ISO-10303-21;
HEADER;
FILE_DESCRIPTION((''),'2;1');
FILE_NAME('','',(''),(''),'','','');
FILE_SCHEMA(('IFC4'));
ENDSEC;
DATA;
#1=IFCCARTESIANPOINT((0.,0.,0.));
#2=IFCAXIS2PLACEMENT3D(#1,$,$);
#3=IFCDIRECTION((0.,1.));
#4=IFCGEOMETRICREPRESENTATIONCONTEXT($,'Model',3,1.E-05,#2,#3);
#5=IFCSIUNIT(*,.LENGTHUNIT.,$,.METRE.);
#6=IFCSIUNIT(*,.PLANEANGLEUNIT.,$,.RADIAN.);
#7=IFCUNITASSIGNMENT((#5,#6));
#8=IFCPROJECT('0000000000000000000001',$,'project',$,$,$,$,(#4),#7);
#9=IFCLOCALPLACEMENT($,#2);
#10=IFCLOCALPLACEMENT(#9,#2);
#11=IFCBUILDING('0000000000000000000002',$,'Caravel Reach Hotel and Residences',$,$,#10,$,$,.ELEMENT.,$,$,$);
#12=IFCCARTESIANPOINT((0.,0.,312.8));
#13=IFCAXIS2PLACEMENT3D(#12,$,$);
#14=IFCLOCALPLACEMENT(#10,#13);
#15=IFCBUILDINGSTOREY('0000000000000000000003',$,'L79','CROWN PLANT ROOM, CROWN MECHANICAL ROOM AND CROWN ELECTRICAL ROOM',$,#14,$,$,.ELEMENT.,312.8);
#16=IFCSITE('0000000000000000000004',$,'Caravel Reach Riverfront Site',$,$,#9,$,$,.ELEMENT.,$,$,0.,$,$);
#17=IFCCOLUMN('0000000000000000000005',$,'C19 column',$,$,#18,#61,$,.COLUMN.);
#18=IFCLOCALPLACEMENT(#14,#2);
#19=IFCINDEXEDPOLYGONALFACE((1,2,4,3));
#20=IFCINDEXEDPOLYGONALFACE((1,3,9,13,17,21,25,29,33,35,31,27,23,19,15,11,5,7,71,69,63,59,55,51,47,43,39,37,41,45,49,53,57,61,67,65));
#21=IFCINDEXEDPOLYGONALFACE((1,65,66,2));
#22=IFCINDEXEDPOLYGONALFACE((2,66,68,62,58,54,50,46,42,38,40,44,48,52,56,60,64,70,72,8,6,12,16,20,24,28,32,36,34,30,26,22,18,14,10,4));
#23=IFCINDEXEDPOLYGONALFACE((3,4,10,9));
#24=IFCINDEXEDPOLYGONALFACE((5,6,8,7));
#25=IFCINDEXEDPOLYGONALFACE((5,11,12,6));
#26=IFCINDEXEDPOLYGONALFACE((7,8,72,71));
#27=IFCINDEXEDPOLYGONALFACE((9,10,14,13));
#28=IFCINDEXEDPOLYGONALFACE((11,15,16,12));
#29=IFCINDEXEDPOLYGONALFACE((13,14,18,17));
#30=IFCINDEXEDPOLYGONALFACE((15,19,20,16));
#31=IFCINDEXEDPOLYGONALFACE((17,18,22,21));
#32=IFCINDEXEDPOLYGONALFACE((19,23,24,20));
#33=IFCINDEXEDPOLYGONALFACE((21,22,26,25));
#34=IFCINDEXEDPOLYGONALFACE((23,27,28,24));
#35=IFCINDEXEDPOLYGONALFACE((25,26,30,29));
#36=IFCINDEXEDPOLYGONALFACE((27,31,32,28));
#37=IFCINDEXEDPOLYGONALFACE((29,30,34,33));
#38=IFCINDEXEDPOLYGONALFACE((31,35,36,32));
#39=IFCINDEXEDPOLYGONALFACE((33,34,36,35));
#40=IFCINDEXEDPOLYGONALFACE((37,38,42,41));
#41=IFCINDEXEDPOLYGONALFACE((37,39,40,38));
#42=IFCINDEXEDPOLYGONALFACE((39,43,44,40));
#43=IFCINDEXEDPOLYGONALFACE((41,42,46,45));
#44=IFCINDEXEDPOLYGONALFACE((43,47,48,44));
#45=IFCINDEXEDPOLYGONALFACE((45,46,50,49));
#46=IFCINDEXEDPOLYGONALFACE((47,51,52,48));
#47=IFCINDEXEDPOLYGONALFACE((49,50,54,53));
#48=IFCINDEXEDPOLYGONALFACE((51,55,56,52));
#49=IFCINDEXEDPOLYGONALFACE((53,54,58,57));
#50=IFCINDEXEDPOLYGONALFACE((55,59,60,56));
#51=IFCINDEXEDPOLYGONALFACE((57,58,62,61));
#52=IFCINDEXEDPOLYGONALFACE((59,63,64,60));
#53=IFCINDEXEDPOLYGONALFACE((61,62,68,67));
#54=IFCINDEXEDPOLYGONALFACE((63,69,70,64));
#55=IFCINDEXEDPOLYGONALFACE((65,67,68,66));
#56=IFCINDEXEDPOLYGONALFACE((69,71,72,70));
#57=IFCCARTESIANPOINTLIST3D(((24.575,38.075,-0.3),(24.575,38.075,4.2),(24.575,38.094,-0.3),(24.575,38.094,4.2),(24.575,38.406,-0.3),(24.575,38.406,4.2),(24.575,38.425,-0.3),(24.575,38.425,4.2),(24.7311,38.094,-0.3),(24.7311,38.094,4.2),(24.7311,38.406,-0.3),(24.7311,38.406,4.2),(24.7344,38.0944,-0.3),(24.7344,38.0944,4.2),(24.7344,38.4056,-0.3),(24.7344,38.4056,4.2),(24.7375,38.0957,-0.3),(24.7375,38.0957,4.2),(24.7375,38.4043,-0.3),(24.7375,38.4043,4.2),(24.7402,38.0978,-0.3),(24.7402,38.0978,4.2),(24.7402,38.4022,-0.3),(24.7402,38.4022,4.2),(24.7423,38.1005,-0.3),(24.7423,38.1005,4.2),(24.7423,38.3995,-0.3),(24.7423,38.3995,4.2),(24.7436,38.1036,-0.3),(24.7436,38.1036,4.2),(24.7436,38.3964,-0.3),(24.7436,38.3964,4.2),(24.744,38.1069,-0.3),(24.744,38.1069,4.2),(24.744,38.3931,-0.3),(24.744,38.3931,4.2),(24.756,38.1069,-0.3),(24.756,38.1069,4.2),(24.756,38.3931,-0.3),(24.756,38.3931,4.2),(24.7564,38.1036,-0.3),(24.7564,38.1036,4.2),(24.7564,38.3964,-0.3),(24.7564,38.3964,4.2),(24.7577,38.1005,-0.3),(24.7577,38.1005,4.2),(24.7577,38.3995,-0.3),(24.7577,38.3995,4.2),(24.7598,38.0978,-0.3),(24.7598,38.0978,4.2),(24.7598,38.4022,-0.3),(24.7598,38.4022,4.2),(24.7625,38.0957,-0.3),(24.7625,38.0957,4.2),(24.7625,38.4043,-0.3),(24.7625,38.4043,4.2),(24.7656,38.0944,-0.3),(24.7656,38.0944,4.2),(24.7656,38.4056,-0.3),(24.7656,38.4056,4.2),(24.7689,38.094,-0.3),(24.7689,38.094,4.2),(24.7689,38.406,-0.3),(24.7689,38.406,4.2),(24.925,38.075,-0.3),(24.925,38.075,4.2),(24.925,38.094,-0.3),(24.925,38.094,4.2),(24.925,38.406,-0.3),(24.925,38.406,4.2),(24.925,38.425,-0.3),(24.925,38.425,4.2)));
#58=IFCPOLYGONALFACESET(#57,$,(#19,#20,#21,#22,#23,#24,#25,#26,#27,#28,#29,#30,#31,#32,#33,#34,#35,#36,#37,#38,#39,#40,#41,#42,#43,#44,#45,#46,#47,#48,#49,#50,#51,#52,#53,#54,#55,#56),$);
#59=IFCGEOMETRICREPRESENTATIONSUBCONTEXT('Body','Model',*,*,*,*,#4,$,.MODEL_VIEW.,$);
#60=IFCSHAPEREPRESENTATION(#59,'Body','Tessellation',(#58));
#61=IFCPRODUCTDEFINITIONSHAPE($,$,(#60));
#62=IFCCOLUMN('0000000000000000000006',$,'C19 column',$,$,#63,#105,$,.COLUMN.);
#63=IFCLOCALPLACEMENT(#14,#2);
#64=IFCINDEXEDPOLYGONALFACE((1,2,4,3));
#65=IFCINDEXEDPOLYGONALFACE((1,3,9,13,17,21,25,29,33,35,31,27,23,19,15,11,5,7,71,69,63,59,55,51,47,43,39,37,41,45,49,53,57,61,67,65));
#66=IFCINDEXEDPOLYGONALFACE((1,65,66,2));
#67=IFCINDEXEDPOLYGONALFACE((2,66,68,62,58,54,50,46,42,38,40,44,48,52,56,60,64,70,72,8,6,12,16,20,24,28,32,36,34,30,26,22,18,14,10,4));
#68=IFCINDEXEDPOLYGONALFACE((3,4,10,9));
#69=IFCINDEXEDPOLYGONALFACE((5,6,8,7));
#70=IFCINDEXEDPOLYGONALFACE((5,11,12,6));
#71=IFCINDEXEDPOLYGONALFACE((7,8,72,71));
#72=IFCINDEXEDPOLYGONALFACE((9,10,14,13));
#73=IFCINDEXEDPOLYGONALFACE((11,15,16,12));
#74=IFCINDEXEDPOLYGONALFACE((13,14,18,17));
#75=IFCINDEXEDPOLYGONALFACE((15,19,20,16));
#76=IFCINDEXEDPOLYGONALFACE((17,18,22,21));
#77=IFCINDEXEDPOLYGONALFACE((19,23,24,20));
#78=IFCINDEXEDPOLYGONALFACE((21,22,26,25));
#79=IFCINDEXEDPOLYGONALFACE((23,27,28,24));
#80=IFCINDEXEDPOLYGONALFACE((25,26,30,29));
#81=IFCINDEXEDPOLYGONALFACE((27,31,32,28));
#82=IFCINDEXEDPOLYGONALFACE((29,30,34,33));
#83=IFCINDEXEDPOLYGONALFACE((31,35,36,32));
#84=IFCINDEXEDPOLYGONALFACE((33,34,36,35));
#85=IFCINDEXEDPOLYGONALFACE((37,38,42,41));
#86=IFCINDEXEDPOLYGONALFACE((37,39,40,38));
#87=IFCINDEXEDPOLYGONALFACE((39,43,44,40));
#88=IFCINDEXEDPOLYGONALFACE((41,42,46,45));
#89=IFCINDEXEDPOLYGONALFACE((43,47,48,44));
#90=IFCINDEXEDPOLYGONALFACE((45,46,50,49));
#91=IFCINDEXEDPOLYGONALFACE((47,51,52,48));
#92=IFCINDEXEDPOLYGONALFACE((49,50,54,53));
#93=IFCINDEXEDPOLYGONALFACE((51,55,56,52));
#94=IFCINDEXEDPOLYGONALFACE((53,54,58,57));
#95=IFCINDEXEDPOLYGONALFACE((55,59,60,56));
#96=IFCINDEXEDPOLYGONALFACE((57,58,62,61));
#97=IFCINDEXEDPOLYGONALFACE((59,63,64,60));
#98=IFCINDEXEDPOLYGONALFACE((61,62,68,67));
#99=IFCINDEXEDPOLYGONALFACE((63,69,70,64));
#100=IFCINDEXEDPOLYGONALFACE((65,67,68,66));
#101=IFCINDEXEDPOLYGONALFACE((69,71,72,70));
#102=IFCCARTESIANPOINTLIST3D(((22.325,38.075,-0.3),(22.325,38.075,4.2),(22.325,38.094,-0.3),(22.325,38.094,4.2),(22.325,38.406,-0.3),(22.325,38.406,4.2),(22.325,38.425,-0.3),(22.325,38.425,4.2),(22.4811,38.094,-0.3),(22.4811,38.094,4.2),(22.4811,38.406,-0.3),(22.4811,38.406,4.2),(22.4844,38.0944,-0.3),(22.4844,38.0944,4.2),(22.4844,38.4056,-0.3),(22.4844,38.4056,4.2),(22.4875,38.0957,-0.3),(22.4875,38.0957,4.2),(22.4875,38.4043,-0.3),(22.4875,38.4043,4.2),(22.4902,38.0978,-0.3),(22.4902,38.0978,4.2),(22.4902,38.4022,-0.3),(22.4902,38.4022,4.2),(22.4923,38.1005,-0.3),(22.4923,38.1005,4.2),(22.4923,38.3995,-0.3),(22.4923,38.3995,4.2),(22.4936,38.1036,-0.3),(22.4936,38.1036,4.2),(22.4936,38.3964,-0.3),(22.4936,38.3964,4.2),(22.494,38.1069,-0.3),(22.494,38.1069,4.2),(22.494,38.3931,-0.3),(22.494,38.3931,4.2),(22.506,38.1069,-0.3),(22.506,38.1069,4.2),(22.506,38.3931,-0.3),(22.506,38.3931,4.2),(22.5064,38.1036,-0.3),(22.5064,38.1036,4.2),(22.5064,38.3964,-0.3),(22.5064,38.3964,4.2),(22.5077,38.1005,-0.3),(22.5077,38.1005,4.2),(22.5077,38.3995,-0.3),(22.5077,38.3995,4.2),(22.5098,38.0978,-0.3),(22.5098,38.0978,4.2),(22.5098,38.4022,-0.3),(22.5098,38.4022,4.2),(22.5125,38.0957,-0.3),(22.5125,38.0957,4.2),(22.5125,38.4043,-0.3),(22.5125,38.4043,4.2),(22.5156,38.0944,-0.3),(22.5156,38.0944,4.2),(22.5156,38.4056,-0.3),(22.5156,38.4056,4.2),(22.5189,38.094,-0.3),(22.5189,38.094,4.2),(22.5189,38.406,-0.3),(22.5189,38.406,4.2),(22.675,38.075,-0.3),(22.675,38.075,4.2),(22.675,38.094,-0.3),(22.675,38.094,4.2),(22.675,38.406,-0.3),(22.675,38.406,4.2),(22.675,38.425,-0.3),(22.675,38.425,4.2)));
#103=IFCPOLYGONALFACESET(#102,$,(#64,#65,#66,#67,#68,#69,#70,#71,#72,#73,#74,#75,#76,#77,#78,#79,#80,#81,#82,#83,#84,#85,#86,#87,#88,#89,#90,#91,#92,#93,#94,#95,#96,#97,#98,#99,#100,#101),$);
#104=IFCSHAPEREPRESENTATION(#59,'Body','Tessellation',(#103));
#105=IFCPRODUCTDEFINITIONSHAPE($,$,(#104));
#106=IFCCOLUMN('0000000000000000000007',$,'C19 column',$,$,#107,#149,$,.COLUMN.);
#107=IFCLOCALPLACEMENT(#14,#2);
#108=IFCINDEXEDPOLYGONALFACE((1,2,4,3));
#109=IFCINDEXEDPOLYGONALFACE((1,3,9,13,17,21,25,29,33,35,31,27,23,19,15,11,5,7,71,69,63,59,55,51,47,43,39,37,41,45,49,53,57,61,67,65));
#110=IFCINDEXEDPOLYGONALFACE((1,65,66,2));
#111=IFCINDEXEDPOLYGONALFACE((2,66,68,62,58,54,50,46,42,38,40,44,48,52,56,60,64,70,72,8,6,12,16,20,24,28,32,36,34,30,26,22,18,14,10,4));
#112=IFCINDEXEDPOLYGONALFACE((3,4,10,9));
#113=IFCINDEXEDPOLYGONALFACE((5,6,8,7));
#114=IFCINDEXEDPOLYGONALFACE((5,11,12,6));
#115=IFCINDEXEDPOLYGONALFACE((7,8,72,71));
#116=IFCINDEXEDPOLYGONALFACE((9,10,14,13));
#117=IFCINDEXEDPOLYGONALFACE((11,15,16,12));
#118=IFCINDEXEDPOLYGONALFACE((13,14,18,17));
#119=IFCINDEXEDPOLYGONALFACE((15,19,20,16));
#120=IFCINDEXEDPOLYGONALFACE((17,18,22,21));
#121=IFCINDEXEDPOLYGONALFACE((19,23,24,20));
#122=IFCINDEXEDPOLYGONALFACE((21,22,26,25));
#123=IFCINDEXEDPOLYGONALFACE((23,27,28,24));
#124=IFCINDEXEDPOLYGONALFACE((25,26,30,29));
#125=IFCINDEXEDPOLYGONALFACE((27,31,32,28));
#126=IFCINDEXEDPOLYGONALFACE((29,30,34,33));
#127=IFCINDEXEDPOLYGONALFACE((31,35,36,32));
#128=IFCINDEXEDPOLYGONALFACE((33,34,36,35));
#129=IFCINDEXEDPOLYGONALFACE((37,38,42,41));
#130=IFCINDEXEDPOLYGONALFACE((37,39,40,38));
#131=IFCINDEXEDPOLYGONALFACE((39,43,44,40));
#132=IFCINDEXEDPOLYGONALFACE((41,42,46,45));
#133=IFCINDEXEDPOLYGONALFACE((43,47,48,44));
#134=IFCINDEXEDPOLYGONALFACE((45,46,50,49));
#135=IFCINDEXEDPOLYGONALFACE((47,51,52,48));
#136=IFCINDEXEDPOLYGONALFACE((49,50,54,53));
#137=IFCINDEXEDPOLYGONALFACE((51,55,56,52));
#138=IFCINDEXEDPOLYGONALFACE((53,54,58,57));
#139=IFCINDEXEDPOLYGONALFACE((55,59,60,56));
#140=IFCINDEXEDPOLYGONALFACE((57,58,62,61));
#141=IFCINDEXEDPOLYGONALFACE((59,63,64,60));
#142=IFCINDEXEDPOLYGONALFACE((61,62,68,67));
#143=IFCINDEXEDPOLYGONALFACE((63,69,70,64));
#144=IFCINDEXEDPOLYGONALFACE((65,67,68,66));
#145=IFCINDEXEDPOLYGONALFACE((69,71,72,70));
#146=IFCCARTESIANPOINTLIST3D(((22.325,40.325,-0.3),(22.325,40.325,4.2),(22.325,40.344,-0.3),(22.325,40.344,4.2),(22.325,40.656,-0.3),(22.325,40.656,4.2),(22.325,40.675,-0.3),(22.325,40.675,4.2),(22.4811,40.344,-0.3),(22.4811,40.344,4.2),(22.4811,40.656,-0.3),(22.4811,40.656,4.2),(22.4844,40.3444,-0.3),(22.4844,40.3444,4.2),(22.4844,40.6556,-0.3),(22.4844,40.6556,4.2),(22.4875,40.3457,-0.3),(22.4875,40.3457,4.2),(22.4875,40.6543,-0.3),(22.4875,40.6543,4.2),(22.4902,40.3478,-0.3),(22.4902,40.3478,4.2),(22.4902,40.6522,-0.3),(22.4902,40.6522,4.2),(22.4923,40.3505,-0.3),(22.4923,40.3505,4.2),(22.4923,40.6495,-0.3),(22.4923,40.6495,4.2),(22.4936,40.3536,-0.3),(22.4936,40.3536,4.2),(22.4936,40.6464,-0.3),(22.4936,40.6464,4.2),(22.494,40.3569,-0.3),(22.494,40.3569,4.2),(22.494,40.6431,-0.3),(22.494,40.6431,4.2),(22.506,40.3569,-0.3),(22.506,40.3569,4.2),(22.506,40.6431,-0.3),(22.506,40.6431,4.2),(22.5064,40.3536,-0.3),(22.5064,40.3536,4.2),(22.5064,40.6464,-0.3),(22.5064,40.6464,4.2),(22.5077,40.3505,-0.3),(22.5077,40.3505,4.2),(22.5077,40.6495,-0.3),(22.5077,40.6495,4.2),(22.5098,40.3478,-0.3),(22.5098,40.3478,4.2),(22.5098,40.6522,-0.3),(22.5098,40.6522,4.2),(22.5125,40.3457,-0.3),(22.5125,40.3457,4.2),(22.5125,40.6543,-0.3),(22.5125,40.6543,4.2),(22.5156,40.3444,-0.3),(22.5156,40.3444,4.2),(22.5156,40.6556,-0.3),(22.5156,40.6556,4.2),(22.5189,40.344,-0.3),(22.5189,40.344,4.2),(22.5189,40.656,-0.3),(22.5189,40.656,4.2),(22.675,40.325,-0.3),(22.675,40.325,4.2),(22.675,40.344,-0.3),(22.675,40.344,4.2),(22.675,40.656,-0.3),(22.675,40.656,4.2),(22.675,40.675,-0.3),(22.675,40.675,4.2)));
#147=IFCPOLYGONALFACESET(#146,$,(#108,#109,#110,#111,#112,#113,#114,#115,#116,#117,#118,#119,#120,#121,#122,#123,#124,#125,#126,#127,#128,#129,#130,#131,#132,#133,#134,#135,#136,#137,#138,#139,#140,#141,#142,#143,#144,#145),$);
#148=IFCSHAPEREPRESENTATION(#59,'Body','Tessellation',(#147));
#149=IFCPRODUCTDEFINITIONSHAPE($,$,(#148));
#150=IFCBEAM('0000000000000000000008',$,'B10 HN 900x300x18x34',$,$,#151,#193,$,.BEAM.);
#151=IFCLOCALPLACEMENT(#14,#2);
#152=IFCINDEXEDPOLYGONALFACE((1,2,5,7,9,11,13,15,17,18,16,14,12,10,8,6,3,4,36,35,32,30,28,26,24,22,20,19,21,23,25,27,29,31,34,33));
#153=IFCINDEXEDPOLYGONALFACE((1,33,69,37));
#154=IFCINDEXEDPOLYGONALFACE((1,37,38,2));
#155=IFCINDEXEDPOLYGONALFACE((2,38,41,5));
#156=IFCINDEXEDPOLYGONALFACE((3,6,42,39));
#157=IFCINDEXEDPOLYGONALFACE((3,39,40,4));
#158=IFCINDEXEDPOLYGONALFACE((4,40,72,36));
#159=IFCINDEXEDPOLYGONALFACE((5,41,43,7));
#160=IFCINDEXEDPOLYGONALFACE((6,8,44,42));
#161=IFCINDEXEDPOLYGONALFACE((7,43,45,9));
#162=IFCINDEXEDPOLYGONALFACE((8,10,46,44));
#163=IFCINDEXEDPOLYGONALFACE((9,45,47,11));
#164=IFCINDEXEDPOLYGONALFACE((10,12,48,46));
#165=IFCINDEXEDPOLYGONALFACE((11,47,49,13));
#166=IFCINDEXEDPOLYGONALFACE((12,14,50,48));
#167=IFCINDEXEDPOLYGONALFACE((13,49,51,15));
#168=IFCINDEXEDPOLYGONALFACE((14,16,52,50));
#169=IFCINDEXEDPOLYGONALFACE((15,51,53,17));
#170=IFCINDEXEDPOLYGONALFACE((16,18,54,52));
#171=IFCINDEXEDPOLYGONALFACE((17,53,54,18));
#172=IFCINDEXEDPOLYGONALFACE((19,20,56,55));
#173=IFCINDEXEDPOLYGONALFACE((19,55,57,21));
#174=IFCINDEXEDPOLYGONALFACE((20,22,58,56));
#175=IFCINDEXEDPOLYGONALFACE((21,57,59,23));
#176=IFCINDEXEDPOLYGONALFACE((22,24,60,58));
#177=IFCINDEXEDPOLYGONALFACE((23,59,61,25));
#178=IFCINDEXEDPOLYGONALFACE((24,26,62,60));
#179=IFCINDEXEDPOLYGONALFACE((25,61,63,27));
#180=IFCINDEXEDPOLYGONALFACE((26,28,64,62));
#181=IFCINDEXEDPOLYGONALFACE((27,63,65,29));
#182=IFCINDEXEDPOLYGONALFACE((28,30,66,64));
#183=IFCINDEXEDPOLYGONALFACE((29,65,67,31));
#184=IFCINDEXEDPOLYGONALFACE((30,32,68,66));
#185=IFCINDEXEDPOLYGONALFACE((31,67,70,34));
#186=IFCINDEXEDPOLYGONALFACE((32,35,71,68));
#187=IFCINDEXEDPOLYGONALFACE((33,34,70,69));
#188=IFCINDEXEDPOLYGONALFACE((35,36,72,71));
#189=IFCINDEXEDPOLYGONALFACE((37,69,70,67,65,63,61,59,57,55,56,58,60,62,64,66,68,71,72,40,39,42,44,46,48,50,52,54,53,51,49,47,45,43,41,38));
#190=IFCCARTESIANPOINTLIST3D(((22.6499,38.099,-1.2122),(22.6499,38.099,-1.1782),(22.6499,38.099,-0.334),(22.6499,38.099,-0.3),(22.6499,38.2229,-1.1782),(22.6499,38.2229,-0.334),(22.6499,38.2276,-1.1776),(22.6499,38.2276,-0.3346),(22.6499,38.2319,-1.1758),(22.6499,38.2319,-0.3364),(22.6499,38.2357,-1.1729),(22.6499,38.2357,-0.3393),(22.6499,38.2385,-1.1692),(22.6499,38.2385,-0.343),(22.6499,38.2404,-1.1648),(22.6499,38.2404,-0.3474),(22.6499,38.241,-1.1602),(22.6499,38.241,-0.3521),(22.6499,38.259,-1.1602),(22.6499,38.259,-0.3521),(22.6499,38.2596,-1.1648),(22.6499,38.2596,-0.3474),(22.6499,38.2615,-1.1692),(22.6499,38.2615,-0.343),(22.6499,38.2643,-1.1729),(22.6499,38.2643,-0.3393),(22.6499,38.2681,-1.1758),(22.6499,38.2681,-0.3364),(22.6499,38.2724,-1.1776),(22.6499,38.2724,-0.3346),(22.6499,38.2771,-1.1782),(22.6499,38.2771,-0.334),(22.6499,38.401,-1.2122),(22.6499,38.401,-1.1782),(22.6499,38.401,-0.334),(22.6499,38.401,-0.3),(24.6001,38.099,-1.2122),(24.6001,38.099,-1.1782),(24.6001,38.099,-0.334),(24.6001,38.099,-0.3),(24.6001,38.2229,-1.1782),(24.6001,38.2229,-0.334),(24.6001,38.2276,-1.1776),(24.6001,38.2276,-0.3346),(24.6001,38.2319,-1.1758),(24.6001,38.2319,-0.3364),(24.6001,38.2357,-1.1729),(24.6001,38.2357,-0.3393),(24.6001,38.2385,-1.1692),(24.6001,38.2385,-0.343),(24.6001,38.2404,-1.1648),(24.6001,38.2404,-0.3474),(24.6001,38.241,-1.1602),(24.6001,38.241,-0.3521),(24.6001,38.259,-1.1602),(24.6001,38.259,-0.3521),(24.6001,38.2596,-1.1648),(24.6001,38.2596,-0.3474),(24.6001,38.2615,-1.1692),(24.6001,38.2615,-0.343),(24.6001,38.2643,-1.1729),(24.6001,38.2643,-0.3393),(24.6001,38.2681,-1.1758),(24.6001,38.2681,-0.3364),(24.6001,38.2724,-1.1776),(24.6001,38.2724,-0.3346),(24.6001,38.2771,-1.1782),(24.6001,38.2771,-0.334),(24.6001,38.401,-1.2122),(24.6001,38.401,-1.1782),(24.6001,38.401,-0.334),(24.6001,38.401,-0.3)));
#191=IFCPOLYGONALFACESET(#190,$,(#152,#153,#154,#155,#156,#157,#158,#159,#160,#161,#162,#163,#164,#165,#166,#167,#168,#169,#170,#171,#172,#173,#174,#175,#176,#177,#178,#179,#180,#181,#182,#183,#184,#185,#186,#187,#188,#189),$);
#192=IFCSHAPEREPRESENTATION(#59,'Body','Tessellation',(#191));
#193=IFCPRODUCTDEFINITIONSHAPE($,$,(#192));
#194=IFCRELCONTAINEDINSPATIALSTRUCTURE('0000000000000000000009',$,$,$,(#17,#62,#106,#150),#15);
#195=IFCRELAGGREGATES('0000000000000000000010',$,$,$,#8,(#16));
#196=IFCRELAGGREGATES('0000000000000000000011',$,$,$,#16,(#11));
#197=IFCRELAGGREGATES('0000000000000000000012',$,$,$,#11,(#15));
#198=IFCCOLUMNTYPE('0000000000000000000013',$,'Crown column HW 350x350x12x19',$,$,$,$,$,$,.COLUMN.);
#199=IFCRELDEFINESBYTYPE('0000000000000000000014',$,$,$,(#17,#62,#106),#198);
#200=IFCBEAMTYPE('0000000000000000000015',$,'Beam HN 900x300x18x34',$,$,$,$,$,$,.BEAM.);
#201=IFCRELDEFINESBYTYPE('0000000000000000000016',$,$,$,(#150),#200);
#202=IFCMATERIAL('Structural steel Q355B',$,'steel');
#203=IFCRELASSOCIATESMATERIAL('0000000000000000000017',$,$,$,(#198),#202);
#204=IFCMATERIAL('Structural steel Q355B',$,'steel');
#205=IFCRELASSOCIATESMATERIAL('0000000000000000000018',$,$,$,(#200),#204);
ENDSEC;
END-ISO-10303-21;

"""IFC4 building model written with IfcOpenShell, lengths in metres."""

from ifc_helpers import new_model, si_unit, direction, frame, origin, origin_2d, place, context, subcontext, project, spatial, i_section, extrude, material, material_profile, profile_set, type_object, element, save


model = new_model("IFC4")

# Units and contexts
model_context = context("Model", 3, precision=1e-05, world=origin(), true_north=direction((0.0, 1.0)))
body_context = subcontext(model_context, "Body", "Model", "MODEL_VIEW")
ifc_project = project(units=[si_unit("LENGTHUNIT", "METRE"), si_unit("PLANEANGLEUNIT", "RADIAN")], contexts=[model_context])

# Site, building, storey
site_placement = place(None, origin())
site = spatial("IfcSite", under=ifc_project, at=site_placement, Name="Caravel Reach Riverfront Site", CompositionType="ELEMENT", RefElevation=0.0)
building_placement = place(site_placement, origin())
building = spatial("IfcBuilding", under=site, at=building_placement, Name="Caravel Reach Hotel and Residences", CompositionType="ELEMENT")
storey_placement = place(building_placement, frame((0.0, 0.0, 312.8)))
storey = spatial("IfcBuildingStorey", under=building, at=storey_placement, Name="L79", Description="CROWN PLANT ROOM, CROWN MECHANICAL ROOM AND CROWN ELECTRICAL ROOM", CompositionType="ELEMENT", Elevation=312.8)

# Columns
ifc_material_1 = material(Name="Structural steel Q355B", Category="steel")
ifc_material_profile_1 = material_profile(ifc_material_1, i_section(OverallWidth=0.3501, OverallDepth=0.3501, WebThickness=0.012, FlangeThickness=0.019, FilletRadius=0.0129, at=origin_2d()), Name="HW 350x350x12x19")
ifc_profile_set_1 = profile_set([ifc_material_profile_1], Name="Structural steel Q355B")
column_type = type_object("IfcColumnType", Name="Crown column HW 350x350x12x19", PredefinedType="COLUMN", material=ifc_profile_set_1)
for number, where, z_axis, x_axis, name in (
    (1, (24.75, 38.25, -0.3), (0.0, 0.0, 1.0), (1.0, 0.0, 0.0), "C19 column"),
    (2, (22.5, 38.25, -0.3), (0.0, 0.0, 1.0), (1.0, 0.0, 0.0), "C19 column"),
    (3, (22.5, 40.5, -0.3), (0.0, 0.0, 1.0), (1.0, 0.0, 0.0), "C19 column"),
):
    element("IfcColumn", number, at=place(storey_placement, frame(where, z_axis=z_axis, x_axis=x_axis)), inside=storey, type_object=column_type, Name=name, PredefinedType="COLUMN", context=body_context, shape_type="SweptSolid", body=[
        extrude(i_section(OverallWidth=0.3501, OverallDepth=0.3501, WebThickness=0.012, FlangeThickness=0.019, FilletRadius=0.0129, at=origin_2d()), origin(), (0.0, 0.0, 1.0), 4.5),
    ])

# Beam
ifc_material_2 = material(Name="Structural steel Q355B", Category="steel")
ifc_material_profile_2 = material_profile(ifc_material_2, i_section(OverallWidth=0.302, OverallDepth=0.9121, WebThickness=0.0181, FlangeThickness=0.0339, FilletRadius=0.0181, at=origin_2d()), Name="HN 900x300x18x34")
ifc_profile_set_2 = profile_set([ifc_material_profile_2], Name="Structural steel Q355B")
beam_type = type_object("IfcBeamType", Name="Beam HN 900x300x18x34", PredefinedType="BEAM", material=ifc_profile_set_2)
beam_1_placement = place(storey_placement, frame((24.6001, 38.25, -0.7561), z_axis=(-1.0, 0.0, 0.0), x_axis=(0.0, -1.0, 0.0)))
element("IfcBeam", 4, at=beam_1_placement, inside=storey, type_object=beam_type, Name="B10 HN 900x300x18x34", PredefinedType="BEAM", context=body_context, shape_type="SweptSolid", body=[
    extrude(i_section(OverallWidth=0.302, OverallDepth=0.9121, WebThickness=0.0181, FlangeThickness=0.0339, FilletRadius=0.0181, at=origin_2d()), origin(), (0.0, 0.0, 1.0), 1.9502),
])

save(model, "model.ifc")
